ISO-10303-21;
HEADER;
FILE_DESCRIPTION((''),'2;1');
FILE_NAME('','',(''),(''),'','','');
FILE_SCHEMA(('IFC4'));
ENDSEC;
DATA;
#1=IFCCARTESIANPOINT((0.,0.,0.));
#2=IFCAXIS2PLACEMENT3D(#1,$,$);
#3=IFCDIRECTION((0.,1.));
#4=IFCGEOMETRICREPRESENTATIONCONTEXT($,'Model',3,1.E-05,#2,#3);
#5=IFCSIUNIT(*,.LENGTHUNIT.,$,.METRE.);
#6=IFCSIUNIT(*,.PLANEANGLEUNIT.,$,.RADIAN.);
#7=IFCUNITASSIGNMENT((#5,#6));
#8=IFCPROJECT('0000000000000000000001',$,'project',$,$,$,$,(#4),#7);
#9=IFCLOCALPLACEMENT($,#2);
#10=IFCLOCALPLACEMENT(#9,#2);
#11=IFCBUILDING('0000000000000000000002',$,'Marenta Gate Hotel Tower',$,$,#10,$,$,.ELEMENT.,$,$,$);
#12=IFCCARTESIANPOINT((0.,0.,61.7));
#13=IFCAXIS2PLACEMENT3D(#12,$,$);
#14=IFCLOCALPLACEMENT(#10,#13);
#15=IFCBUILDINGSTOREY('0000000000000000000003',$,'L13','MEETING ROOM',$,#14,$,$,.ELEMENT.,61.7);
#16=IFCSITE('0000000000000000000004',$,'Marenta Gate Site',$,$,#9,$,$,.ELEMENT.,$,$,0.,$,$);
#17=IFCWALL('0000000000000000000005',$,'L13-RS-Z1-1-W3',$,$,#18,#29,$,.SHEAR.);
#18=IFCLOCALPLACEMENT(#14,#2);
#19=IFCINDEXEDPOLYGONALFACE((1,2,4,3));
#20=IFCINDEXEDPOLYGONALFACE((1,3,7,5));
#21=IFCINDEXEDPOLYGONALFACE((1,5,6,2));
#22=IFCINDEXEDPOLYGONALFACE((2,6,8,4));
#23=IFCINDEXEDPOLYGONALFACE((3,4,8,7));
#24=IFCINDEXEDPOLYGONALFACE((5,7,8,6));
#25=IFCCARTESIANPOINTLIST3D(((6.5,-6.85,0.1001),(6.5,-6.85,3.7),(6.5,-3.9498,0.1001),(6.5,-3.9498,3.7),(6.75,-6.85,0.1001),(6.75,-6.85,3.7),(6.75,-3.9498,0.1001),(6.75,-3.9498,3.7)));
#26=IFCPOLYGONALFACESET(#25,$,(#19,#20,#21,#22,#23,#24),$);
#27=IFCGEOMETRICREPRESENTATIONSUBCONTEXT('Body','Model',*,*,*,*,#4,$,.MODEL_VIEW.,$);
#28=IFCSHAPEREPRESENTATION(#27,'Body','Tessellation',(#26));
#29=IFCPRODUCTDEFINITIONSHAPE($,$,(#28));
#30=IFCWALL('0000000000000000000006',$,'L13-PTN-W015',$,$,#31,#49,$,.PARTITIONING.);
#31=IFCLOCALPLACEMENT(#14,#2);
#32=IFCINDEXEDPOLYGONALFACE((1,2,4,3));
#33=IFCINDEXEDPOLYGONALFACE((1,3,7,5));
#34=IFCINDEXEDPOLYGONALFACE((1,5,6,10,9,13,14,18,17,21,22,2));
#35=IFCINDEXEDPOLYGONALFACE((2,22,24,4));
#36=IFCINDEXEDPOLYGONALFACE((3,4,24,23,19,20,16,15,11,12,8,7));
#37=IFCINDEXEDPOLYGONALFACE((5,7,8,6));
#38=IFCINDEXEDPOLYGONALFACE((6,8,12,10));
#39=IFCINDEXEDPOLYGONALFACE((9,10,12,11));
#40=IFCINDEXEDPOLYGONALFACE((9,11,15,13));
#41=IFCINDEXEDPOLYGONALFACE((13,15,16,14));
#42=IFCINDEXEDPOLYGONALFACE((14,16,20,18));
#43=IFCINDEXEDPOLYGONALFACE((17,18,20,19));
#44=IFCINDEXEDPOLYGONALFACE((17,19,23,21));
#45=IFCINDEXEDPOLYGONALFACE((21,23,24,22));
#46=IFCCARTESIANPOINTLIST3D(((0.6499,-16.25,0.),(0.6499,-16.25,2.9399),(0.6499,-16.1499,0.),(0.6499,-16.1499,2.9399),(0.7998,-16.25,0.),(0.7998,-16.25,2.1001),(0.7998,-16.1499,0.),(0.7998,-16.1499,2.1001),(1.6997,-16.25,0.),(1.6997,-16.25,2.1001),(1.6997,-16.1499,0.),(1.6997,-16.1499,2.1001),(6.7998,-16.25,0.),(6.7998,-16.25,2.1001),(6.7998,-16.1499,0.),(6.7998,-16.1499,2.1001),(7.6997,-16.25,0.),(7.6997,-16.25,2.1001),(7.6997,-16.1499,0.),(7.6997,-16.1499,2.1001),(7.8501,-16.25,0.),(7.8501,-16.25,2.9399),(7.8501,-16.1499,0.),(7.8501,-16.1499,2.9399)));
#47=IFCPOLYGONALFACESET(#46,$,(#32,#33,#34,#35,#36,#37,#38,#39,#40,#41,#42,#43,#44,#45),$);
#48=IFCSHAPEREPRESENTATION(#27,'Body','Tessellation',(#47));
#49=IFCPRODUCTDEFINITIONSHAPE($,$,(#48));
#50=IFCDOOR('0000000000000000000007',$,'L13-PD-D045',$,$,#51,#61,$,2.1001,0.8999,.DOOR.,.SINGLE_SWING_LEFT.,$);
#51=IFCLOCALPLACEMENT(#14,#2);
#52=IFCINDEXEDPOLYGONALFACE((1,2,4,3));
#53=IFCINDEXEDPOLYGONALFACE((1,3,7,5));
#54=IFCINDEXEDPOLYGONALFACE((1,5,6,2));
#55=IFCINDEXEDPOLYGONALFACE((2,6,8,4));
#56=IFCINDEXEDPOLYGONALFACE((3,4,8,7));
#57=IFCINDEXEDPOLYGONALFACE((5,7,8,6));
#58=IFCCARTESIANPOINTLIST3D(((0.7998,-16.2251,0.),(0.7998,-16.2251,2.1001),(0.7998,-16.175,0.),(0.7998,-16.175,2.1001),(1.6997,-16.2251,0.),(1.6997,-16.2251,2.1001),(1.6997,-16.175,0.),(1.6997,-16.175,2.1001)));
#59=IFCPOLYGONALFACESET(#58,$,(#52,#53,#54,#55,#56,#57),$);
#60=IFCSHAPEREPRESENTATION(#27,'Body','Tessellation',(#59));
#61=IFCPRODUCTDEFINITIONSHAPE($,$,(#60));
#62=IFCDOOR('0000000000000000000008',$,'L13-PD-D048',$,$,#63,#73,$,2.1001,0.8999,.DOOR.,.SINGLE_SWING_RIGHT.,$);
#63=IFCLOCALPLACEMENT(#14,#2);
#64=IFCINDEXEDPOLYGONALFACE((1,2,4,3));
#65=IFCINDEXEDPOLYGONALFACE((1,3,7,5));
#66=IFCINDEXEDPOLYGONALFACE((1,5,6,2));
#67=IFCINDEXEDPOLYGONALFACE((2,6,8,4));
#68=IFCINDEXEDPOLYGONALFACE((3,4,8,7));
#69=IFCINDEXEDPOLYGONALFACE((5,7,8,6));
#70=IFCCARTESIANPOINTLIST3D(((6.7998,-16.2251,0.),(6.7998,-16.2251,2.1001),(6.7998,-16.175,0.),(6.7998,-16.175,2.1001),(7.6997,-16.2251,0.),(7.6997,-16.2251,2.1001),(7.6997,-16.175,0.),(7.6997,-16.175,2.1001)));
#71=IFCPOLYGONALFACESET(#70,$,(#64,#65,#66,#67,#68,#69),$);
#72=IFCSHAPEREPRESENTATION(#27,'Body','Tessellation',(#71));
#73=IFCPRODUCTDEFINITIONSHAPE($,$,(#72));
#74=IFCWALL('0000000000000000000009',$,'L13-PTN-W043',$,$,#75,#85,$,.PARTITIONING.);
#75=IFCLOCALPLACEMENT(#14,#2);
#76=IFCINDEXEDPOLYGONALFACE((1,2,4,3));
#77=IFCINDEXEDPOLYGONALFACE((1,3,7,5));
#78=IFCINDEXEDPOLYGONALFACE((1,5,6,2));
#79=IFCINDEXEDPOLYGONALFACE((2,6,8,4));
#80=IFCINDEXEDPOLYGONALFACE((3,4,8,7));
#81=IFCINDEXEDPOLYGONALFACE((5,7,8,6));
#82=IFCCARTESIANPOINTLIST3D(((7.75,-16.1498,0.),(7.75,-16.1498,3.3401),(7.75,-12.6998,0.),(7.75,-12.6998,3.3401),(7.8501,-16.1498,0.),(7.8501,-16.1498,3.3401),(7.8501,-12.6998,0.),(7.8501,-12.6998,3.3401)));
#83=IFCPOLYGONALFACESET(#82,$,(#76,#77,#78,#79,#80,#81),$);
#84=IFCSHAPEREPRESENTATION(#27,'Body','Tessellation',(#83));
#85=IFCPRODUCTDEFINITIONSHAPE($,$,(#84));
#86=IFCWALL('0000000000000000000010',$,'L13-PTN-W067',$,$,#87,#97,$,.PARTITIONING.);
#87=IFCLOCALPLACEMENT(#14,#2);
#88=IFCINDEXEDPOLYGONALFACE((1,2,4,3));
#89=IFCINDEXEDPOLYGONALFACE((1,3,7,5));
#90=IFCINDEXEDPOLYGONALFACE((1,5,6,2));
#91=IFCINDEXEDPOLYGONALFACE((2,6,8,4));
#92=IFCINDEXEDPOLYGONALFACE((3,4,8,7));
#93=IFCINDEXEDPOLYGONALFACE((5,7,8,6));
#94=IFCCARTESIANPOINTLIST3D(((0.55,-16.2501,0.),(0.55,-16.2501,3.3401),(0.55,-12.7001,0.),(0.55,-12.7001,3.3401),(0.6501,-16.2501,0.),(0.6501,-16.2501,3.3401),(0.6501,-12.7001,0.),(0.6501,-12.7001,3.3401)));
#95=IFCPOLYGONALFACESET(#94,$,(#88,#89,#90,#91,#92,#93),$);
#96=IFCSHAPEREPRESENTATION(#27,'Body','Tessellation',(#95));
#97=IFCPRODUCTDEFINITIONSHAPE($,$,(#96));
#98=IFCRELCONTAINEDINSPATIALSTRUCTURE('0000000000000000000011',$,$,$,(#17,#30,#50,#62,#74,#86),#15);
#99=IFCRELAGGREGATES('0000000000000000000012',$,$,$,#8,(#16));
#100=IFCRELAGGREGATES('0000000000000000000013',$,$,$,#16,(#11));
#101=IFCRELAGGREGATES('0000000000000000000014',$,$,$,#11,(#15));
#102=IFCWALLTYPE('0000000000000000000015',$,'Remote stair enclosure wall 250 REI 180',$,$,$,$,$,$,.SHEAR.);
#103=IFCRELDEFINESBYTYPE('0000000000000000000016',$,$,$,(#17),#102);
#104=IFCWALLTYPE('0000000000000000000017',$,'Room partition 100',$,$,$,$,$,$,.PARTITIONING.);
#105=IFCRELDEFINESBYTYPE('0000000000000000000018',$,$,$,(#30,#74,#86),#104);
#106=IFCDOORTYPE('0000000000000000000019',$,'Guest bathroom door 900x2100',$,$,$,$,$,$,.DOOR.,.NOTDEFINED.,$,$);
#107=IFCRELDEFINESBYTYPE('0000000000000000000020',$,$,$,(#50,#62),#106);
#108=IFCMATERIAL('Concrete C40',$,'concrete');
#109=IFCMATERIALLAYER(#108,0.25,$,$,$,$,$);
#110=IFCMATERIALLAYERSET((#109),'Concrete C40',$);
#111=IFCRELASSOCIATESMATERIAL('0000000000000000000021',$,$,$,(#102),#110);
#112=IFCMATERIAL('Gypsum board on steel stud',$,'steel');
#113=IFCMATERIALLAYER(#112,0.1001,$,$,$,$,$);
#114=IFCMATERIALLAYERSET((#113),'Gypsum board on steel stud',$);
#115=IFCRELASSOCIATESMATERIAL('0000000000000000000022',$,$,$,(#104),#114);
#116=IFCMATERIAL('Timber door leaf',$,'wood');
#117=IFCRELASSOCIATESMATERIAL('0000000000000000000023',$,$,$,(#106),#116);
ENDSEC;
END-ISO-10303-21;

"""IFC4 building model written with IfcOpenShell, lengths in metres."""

from ifc_helpers import new_model, si_unit, direction, frame, frame_2d, origin, place, context, subcontext, project, spatial, rectangle, extrude, material, layer, layer_set, type_object, element, fill, save


model = new_model("IFC4")

# Units and contexts
model_context = context("Model", 3, precision=1e-05, world=origin(), true_north=direction((0.0, 1.0)))
body_context = subcontext(model_context, "Body", "Model", "MODEL_VIEW")
ifc_project = project(units=[si_unit("LENGTHUNIT", "METRE"), si_unit("PLANEANGLEUNIT", "RADIAN")], contexts=[model_context])

# Site, building, storey
site_placement = place(None, origin())
site = spatial("IfcSite", under=ifc_project, at=site_placement, Name="Marenta Gate Site", CompositionType="ELEMENT", RefElevation=0.0)
building_placement = place(site_placement, origin())
building = spatial("IfcBuilding", under=site, at=building_placement, Name="Marenta Gate Hotel Tower", CompositionType="ELEMENT")
storey_placement = place(building_placement, frame((0.0, 0.0, 61.7)))
storey = spatial("IfcBuildingStorey", under=building, at=storey_placement, Name="L13", Description="MEETING ROOM", CompositionType="ELEMENT", Elevation=61.7)

# Wall
ifc_material_1 = material(Name="Concrete C40", Category="concrete")
ifc_layer_1 = layer(ifc_material_1, 0.25)
ifc_layer_set_1 = layer_set([ifc_layer_1], Name="Concrete C40")
wall_type_1 = type_object("IfcWallType", Name="Remote stair enclosure wall 250 REI 180", PredefinedType="SHEAR", material=ifc_layer_set_1)
wall_1_placement = place(storey_placement, frame((6.625, -6.8501, 0.1001), z_axis=(0.0, 0.0, 1.0), x_axis=(0.0, 1.0, 0.0)))
element("IfcWall", 1, at=wall_1_placement, inside=storey, type_object=wall_type_1, Name="L13-RS-Z1-1-W3", PredefinedType="SHEAR", context=body_context, shape_type="SweptSolid", body=[
    extrude(rectangle(XDim=2.9001, YDim=0.25, at=frame_2d((1.4502, 0.0))), origin(), (0.0, 0.0, 1.0), 3.5999),
])

# Wall, openings, doors
ifc_material_2 = material(Name="Gypsum board on steel stud", Category="steel")
ifc_layer_2 = layer(ifc_material_2, 0.1001)
ifc_layer_set_2 = layer_set([ifc_layer_2], Name="Gypsum board on steel stud")
wall_type_2 = type_object("IfcWallType", Name="Room partition 100", PredefinedType="PARTITIONING", material=ifc_layer_set_2)
wall_2_placement = place(storey_placement, frame((0.6499, -16.2, 0.0), z_axis=(0.0, 0.0, 1.0), x_axis=(1.0, 0.0, 0.0)))
wall_2 = element("IfcWall", 2, at=wall_2_placement, inside=storey, type_object=wall_type_2, Name="L13-PTN-W015", PredefinedType="PARTITIONING", context=body_context, shape_type="SweptSolid", body=[
    extrude(rectangle(XDim=7.2002, YDim=0.1001, at=frame_2d((3.6001, 0.0))), origin(), (0.0, 0.0, 1.0), 2.9399),
])
opening_1_placement = place(wall_2_placement, frame((0.1499, 0.0, 0.0)))
opening_1 = element("IfcOpeningElement", 3, at=opening_1_placement, cuts=wall_2, PredefinedType="OPENING", context=body_context, shape_type="SweptSolid", body=[
    extrude(rectangle(XDim=0.8999, YDim=2.1001, at=frame_2d((0.45, 1.05))), frame((0.0, 0.05, 0.0), z_axis=(0.0, -1.0, 0.0), x_axis=(1.0, 0.0, 0.0)), (0.0, 0.0, 1.0), 0.1001),
])
opening_2_placement = place(wall_2_placement, frame((6.1499, 0.0, 0.0)))
opening_2 = element("IfcOpeningElement", 4, at=opening_2_placement, cuts=wall_2, PredefinedType="OPENING", context=body_context, shape_type="SweptSolid", body=[
    extrude(rectangle(XDim=0.8999, YDim=2.1001, at=frame_2d((0.45, 1.05))), frame((0.0, 0.05, 0.0), z_axis=(0.0, -1.0, 0.0), x_axis=(1.0, 0.0, 0.0)), (0.0, 0.0, 1.0), 0.1001),
])
ifc_material_3 = material(Name="Timber door leaf", Category="wood")
door_type_1 = type_object("IfcDoorType", Name="Guest bathroom door 900x2100", OperationType="NOTDEFINED", PredefinedType="DOOR", material=ifc_material_3)
door_1_placement = place(opening_1_placement, origin())
door_1 = element("IfcDoor", 5, at=door_1_placement, inside=storey, type_object=door_type_1, Name="L13-PD-D045", OperationType="SINGLE_SWING_LEFT", OverallHeight=2.1001, OverallWidth=0.8999, PredefinedType="DOOR", context=body_context, shape_type="SweptSolid", body=[
    extrude(rectangle(XDim=0.8999, YDim=2.1001, at=frame_2d((0.45, 1.05))), frame((0.0, 0.0249, 0.0), z_axis=(0.0, -1.0, 0.0), x_axis=(1.0, 0.0, 0.0)), (0.0, 0.0, 1.0), 0.05),
])
fill(opening_1, door_1)
door_2_placement = place(opening_2_placement, origin())
door_2 = element("IfcDoor", 6, at=door_2_placement, inside=storey, type_object=door_type_1, Name="L13-PD-D048", OperationType="SINGLE_SWING_RIGHT", OverallHeight=2.1001, OverallWidth=0.8999, PredefinedType="DOOR", context=body_context, shape_type="SweptSolid", body=[
    extrude(rectangle(XDim=0.8999, YDim=2.1001, at=frame_2d((0.45, 1.05))), frame((0.0, 0.0249, 0.0), z_axis=(0.0, -1.0, 0.0), x_axis=(1.0, 0.0, 0.0)), (0.0, 0.0, 1.0), 0.05),
])
fill(opening_2, door_2)

# Walls
wall_3_placement = place(storey_placement, frame((7.8, -16.1499, 0.0), z_axis=(0.0, 0.0, 1.0), x_axis=(0.0, 1.0, 0.0)))
element("IfcWall", 7, at=wall_3_placement, inside=storey, type_object=wall_type_2, Name="L13-PTN-W043", PredefinedType="PARTITIONING", context=body_context, shape_type="SweptSolid", body=[
    extrude(rectangle(XDim=3.45, YDim=0.1001, at=frame_2d((1.7251, 0.0))), origin(), (0.0, 0.0, 1.0), 3.3401),
])
wall_4_placement = place(storey_placement, frame((0.6001, -16.25, 0.0), z_axis=(0.0, 0.0, 1.0), x_axis=(0.0, 1.0, 0.0)))
element("IfcWall", 8, at=wall_4_placement, inside=storey, type_object=wall_type_2, Name="L13-PTN-W067", PredefinedType="PARTITIONING", context=body_context, shape_type="SweptSolid", body=[
    extrude(rectangle(XDim=3.55, YDim=0.1001, at=frame_2d((1.7749, 0.0))), origin(), (0.0, 0.0, 1.0), 3.3401),
])

save(model, "model.ifc")
